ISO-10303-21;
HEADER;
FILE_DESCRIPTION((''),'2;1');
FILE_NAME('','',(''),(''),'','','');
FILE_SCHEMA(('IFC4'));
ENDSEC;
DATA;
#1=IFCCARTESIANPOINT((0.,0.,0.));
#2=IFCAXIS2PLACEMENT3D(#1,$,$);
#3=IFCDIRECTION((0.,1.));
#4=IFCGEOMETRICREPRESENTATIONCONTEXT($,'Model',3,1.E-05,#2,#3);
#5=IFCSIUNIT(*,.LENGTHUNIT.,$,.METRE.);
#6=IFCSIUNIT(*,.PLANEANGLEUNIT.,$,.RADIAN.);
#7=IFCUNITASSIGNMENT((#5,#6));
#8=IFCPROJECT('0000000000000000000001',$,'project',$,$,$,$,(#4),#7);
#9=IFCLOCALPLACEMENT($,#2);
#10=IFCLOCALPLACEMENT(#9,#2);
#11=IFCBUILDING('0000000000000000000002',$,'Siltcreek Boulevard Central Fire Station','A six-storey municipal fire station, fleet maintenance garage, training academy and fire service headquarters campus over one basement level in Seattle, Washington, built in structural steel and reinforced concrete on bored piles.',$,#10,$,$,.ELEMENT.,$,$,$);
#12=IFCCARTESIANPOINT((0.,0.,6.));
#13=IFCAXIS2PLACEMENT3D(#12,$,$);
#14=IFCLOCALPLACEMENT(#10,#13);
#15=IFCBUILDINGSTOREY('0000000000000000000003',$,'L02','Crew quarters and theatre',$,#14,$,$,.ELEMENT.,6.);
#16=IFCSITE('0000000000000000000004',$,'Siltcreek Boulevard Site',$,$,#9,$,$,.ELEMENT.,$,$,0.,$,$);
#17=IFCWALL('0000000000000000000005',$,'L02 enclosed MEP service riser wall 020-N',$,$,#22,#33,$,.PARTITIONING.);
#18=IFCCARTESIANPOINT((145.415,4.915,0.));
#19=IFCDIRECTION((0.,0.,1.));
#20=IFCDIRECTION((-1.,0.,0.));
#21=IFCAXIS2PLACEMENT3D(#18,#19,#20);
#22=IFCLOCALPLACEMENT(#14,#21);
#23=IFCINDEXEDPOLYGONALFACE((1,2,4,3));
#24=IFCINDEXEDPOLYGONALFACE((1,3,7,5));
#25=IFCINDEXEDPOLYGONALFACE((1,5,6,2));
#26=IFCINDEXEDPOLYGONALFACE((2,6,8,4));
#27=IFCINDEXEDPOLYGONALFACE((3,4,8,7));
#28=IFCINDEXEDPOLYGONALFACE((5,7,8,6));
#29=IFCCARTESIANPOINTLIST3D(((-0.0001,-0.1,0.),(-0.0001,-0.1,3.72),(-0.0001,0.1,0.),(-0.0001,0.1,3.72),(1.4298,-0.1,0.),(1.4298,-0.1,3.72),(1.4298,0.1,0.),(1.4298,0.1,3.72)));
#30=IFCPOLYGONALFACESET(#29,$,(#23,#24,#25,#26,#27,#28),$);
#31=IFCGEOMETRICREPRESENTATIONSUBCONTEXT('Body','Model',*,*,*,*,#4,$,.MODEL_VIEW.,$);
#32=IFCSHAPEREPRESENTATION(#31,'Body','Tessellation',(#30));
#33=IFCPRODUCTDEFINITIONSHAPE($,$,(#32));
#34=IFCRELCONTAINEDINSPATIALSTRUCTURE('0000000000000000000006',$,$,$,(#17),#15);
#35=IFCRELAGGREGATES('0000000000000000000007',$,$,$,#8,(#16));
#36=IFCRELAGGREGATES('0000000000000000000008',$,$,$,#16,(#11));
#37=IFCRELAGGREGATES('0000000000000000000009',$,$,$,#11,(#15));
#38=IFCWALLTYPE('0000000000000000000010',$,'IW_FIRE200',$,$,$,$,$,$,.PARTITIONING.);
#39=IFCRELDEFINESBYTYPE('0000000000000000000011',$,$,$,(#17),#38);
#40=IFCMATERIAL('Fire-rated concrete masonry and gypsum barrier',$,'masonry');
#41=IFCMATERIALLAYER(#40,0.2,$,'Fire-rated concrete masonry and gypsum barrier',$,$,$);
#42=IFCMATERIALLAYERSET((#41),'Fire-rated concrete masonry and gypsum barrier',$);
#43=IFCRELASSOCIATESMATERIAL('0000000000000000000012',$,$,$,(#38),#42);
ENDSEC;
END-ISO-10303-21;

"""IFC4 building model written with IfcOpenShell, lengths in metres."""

from ifc_helpers import new_model, si_unit, direction, frame, frame_2d, origin, place, context, subcontext, project, spatial, rectangle, extrude, material, layer, layer_set, type_object, element, save


model = new_model("IFC4")

# Units and contexts
model_context = context("Model", 3, precision=1e-05, world=origin(), true_north=direction((0.0, 1.0)))
body_context = subcontext(model_context, "Body", "Model", "MODEL_VIEW")
ifc_project = project(units=[si_unit("LENGTHUNIT", "METRE"), si_unit("PLANEANGLEUNIT", "RADIAN")], contexts=[model_context])

# Site, building, storey
site_placement = place(None, origin())
site = spatial("IfcSite", under=ifc_project, at=site_placement, Name="Siltcreek Boulevard Site", CompositionType="ELEMENT", RefElevation=0.0)
building_placement = place(site_placement, origin())
building = spatial("IfcBuilding", under=site, at=building_placement, Name="Siltcreek Boulevard Central Fire Station", Description="A six-storey municipal fire station, fleet maintenance garage, training academy and fire service headquarters campus over one basement level in Seattle, Washington, built in structural steel and reinforced concrete on bored piles.", CompositionType="ELEMENT")
storey_placement = place(building_placement, frame((0.0, 0.0, 6.0)))
storey = spatial("IfcBuildingStorey", under=building, at=storey_placement, Name="L02", Description="Crew quarters and theatre", CompositionType="ELEMENT", Elevation=6.0)

# Wall
ifc_material_1 = material(Name="Fire-rated concrete masonry and gypsum barrier", Category="masonry")
ifc_layer_1 = layer(ifc_material_1, 0.2, Name="Fire-rated concrete masonry and gypsum barrier")
ifc_layer_set_1 = layer_set([ifc_layer_1], Name="Fire-rated concrete masonry and gypsum barrier")
wall_type_1 = type_object("IfcWallType", Name="IW_FIRE200", PredefinedType="PARTITIONING", material=ifc_layer_set_1)
wall_1_placement = place(storey_placement, frame((145.415, 4.915, 0.0), z_axis=(0.0, 0.0, 1.0), x_axis=(-1.0, 0.0, 0.0)))
element("IfcWall", 1, at=wall_1_placement, inside=storey, type_object=wall_type_1, Name="L02 enclosed MEP service riser wall 020-N", PredefinedType="PARTITIONING", context=body_context, shape_type="SweptSolid", body=[
    extrude(rectangle(XDim=1.4299, YDim=0.2, at=frame_2d((0.7148, 0.0))), origin(), (0.0, 0.0, 1.0), 3.72),
])

save(model, "model.ifc")
